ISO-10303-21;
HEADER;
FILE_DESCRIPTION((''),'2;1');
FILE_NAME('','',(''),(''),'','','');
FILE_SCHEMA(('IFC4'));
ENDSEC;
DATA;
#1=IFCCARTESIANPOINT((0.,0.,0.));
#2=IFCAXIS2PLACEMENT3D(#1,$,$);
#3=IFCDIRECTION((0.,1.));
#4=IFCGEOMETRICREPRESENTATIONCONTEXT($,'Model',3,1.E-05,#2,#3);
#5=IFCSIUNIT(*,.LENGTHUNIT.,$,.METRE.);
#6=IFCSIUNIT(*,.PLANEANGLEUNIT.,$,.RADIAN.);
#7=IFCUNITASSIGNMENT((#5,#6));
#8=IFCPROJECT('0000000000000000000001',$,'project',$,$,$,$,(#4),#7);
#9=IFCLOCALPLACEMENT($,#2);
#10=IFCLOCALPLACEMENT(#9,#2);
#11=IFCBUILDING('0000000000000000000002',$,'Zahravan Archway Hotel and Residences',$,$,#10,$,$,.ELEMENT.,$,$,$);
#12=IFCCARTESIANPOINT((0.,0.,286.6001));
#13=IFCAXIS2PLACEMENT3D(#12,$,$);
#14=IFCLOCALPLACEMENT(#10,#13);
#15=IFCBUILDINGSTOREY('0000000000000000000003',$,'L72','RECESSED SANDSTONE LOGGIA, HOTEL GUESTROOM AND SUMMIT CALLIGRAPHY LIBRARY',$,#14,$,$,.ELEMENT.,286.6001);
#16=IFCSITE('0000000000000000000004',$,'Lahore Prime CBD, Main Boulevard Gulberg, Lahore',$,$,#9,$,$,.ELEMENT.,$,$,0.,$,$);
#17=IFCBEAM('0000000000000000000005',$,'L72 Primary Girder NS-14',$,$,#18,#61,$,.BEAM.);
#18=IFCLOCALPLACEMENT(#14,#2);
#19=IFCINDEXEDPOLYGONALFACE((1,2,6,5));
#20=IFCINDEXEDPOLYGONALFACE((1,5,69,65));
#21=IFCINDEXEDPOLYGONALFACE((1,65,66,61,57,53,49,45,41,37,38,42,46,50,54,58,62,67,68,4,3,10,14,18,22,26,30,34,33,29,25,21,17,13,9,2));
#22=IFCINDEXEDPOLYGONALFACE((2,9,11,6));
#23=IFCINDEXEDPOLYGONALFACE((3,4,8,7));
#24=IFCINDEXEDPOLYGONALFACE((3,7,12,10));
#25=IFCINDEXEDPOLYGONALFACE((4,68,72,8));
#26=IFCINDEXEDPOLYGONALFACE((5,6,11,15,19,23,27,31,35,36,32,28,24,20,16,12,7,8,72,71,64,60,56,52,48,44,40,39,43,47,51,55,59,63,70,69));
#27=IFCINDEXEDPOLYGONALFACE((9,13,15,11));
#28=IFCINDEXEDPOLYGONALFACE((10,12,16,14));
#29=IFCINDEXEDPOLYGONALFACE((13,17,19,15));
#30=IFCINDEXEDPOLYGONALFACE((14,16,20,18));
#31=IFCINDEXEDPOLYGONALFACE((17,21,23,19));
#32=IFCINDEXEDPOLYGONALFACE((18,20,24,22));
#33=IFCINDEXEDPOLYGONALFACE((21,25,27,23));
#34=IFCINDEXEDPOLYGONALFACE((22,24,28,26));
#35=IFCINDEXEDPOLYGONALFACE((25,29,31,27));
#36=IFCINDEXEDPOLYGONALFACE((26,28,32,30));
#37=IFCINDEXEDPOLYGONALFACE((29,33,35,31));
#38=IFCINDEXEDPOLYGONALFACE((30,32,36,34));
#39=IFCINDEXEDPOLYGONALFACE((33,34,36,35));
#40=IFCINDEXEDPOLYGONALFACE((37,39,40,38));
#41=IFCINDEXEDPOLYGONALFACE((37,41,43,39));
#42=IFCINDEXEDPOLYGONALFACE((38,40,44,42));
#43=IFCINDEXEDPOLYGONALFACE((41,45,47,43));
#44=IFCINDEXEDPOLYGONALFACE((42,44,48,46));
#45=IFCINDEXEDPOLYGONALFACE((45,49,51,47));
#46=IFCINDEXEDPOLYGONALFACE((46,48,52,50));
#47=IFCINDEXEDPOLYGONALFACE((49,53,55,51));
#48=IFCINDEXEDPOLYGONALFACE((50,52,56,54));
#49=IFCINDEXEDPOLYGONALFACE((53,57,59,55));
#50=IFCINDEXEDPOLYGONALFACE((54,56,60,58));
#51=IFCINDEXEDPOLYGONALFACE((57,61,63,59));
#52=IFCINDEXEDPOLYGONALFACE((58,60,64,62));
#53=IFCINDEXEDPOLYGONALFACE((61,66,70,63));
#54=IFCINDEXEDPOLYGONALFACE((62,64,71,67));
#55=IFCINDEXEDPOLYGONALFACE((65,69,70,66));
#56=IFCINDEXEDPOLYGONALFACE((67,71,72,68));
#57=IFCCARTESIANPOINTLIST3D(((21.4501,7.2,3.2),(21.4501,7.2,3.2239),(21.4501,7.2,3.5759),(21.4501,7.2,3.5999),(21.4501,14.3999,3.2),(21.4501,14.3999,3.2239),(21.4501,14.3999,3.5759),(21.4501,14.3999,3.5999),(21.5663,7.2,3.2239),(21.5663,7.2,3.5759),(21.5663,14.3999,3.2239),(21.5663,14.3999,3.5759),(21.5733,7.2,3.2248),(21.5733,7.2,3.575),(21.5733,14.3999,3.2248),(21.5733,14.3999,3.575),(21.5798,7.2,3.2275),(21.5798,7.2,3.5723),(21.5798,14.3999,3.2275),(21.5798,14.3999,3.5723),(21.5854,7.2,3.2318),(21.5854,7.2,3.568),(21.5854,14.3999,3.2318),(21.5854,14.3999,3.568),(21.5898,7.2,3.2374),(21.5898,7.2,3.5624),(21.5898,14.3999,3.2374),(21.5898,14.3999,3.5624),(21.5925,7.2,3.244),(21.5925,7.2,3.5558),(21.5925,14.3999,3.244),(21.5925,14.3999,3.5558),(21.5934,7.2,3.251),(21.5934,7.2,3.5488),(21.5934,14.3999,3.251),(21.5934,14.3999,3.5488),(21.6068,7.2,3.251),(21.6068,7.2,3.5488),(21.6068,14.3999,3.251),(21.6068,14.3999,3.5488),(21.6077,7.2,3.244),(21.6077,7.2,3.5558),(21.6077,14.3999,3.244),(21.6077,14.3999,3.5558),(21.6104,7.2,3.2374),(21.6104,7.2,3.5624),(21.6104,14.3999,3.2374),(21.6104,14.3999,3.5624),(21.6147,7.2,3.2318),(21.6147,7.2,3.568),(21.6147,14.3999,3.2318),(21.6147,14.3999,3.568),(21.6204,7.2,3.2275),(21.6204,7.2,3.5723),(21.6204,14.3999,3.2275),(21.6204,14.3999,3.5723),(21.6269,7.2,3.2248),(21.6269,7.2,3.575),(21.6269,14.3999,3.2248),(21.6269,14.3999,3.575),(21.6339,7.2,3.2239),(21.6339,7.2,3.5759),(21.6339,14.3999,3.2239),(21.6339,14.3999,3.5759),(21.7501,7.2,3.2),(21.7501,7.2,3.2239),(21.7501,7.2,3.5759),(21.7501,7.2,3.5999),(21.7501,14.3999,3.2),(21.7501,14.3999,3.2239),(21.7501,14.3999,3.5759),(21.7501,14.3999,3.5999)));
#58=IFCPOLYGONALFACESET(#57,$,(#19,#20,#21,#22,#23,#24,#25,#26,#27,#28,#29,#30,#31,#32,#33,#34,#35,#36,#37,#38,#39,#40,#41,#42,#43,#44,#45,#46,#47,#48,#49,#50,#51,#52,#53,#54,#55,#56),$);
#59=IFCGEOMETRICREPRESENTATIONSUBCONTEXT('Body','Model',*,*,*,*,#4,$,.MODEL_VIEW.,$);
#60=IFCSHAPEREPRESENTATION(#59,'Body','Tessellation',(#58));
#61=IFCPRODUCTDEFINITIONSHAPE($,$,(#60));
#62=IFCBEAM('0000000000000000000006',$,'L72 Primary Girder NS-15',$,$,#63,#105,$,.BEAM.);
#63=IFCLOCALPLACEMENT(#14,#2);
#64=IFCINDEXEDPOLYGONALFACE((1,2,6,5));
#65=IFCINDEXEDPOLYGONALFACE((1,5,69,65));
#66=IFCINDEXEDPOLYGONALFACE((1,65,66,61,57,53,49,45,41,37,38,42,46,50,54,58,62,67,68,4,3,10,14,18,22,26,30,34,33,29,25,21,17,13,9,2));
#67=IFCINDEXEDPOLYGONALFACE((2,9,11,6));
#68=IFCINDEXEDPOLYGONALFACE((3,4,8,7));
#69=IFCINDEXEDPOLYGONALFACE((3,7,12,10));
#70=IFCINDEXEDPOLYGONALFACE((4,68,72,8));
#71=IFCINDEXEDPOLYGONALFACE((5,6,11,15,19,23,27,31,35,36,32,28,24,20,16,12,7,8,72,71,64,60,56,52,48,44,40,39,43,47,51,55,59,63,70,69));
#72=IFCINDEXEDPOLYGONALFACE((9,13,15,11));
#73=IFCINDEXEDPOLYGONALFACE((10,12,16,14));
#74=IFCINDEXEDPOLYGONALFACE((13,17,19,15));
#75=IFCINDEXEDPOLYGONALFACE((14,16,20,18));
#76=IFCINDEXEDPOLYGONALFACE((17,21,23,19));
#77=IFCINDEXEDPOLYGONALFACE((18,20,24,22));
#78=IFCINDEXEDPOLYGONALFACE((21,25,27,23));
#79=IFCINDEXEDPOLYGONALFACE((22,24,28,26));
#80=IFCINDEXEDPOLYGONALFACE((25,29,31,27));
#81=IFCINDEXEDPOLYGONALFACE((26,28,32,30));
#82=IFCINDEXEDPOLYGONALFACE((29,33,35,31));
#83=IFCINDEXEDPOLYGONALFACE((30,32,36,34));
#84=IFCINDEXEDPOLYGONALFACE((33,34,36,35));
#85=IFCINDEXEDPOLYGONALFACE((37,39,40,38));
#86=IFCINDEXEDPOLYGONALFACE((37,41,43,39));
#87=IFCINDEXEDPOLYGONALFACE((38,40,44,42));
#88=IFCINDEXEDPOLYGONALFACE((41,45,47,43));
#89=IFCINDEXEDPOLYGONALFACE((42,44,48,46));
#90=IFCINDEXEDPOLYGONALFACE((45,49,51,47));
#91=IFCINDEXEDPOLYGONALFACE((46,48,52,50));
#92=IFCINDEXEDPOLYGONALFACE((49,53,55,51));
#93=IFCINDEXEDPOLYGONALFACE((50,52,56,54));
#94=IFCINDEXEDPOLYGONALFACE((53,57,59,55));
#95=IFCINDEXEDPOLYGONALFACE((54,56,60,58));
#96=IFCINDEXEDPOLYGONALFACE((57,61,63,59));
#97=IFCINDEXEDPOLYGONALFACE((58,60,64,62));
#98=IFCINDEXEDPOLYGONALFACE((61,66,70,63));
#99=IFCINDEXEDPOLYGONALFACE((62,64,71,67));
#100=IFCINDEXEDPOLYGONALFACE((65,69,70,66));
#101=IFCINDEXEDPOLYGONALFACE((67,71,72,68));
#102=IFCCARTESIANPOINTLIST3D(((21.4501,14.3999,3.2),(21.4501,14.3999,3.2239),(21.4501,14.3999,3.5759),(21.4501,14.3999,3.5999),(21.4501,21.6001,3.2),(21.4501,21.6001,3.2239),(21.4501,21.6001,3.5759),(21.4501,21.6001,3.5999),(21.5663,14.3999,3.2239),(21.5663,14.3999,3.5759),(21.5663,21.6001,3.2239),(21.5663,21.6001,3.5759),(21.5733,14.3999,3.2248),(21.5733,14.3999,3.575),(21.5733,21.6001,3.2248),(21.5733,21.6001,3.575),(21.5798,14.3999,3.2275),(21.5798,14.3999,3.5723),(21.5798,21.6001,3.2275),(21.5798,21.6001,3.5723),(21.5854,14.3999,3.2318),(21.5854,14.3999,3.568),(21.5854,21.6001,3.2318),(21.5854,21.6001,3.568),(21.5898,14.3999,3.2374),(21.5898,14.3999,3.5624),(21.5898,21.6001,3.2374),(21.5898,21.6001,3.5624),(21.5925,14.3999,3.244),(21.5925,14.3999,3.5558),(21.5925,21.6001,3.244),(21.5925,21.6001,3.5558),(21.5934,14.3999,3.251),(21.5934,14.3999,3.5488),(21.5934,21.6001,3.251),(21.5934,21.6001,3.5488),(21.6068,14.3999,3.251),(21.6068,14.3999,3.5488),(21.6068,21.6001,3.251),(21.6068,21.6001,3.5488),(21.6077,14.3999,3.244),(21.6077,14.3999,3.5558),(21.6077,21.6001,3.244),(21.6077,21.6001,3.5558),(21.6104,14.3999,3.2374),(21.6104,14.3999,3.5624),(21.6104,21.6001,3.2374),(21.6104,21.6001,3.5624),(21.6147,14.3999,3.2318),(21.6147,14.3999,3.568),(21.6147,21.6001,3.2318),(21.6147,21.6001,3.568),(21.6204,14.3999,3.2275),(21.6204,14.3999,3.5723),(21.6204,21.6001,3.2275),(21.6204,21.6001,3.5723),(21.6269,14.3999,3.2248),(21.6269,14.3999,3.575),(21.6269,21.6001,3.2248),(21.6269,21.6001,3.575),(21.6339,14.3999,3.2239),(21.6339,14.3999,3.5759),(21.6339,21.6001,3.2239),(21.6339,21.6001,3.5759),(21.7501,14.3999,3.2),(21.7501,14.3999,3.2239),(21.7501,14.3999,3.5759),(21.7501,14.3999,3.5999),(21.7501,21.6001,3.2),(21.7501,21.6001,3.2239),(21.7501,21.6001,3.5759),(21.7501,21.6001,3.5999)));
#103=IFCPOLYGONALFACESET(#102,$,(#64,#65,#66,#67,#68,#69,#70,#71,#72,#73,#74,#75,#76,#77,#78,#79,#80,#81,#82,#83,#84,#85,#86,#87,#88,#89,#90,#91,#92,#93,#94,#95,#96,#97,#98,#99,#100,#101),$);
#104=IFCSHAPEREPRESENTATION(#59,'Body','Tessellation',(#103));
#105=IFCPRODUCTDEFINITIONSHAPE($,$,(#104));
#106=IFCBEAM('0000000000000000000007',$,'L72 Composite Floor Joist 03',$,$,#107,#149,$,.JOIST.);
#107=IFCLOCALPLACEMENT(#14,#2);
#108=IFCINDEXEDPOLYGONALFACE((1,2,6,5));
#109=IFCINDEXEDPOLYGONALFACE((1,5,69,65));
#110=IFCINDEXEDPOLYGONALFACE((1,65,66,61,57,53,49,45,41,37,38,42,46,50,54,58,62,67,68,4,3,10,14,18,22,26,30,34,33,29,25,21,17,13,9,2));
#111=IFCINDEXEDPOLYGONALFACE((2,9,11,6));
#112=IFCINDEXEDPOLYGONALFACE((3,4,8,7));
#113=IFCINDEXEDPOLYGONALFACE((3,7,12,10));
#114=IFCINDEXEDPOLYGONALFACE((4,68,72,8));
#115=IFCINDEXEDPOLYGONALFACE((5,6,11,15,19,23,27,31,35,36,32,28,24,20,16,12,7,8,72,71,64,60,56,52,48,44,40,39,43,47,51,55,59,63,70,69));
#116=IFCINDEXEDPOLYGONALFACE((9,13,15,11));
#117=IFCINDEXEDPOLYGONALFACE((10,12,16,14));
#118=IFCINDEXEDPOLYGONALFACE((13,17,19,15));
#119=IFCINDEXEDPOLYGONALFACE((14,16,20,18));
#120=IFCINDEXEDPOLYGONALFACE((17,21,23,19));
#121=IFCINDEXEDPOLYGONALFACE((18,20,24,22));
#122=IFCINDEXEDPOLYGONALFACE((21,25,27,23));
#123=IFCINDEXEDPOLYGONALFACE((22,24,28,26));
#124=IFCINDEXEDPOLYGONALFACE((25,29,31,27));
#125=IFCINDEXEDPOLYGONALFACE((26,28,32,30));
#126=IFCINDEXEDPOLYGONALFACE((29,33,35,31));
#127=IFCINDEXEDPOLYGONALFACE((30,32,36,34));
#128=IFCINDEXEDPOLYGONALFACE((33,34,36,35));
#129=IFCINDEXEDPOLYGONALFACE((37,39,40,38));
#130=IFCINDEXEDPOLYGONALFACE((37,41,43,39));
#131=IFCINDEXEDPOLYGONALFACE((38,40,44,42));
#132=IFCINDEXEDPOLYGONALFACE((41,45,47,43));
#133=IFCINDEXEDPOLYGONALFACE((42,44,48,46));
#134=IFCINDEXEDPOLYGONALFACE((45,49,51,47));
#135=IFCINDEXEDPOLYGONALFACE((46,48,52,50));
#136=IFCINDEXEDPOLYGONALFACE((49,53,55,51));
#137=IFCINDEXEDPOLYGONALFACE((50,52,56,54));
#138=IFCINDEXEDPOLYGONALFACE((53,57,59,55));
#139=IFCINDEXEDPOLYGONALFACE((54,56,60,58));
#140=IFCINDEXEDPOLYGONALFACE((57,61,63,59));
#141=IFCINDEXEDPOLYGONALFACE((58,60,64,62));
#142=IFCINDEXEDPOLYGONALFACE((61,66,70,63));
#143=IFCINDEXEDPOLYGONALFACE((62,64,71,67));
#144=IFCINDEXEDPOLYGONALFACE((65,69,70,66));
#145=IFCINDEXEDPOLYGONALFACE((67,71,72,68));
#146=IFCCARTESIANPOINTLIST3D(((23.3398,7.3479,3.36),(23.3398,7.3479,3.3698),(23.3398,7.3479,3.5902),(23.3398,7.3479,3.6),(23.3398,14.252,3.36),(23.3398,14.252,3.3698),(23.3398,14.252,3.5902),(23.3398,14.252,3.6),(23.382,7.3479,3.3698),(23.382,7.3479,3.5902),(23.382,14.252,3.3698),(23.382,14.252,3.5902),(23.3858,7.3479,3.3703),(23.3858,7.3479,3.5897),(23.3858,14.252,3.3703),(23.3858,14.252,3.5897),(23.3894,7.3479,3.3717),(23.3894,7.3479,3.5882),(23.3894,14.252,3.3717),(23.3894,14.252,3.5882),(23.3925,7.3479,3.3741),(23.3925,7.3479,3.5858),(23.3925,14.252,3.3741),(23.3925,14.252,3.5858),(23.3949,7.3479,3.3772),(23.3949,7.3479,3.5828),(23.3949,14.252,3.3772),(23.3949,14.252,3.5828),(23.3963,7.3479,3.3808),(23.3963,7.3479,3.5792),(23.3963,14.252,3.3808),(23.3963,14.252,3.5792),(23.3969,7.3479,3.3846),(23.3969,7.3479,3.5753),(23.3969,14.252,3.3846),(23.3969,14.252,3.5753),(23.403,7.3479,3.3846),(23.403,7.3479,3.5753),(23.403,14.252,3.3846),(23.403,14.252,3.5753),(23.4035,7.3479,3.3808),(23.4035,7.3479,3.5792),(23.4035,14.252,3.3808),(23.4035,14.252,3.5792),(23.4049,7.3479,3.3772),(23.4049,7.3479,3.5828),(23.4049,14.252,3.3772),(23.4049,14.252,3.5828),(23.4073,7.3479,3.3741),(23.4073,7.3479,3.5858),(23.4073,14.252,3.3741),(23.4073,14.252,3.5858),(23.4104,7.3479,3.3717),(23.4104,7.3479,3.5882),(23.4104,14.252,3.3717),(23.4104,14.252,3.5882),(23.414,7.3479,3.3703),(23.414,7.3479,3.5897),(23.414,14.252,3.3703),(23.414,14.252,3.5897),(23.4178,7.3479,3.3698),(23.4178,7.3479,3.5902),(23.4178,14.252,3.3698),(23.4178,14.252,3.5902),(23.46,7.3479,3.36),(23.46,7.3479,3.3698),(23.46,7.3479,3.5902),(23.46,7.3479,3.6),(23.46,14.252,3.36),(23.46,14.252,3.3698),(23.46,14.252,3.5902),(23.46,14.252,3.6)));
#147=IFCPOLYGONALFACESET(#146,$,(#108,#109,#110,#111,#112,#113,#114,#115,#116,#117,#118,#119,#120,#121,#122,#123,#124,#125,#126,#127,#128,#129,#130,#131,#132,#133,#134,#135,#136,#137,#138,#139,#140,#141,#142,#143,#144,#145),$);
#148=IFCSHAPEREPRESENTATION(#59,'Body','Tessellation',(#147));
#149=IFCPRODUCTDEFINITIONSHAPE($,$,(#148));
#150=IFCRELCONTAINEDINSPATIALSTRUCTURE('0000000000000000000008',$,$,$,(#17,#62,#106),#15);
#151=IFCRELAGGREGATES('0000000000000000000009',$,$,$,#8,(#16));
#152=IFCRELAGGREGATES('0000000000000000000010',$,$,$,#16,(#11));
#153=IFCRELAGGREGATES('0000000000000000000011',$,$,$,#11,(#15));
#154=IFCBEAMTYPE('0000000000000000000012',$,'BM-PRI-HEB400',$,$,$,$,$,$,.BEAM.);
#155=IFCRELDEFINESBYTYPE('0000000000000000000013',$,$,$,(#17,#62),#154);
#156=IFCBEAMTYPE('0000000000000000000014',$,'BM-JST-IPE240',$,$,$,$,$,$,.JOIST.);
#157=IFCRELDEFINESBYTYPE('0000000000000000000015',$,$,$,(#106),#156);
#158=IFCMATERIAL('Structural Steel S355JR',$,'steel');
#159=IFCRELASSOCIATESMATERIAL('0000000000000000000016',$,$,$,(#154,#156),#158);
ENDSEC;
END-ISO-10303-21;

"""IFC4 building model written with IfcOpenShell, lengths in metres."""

from ifc_helpers import new_model, si_unit, direction, frame, origin, origin_2d, place, context, subcontext, project, spatial, i_section, extrude, source, transform, mapped, material, material_profile, profile_set, type_object, type_shapes, element, save


model = new_model("IFC4")

# Units and contexts
model_context = context("Model", 3, precision=1e-05, world=origin(), true_north=direction((0.0, 1.0)))
body_context = subcontext(model_context, "Body", "Model", "MODEL_VIEW")
ifc_project = project(units=[si_unit("LENGTHUNIT", "METRE"), si_unit("PLANEANGLEUNIT", "RADIAN")], contexts=[model_context])

# Site, building, storey
site_placement = place(None, origin())
site = spatial("IfcSite", under=ifc_project, at=site_placement, Name="Lahore Prime CBD, Main Boulevard Gulberg, Lahore", CompositionType="ELEMENT", RefElevation=0.0)
building_placement = place(site_placement, origin())
building = spatial("IfcBuilding", under=site, at=building_placement, Name="Zahravan Archway Hotel and Residences", CompositionType="ELEMENT")
storey_placement = place(building_placement, frame((0.0, 0.0, 286.6001)))
storey = spatial("IfcBuildingStorey", under=building, at=storey_placement, Name="L72", Description="RECESSED SANDSTONE LOGGIA, HOTEL GUESTROOM AND SUMMIT CALLIGRAPHY LIBRARY", CompositionType="ELEMENT", Elevation=286.6001)

# Beams
ifc_material_1 = material(Name="Structural Steel S355JR", Category="steel")
ifc_material_profile_1 = material_profile(ifc_material_1, i_section(OverallWidth=0.3, OverallDepth=0.3999, WebThickness=0.0134, FlangeThickness=0.0239, FilletRadius=0.0271, at=origin_2d()), Name="HEB 400", Category="steel")
ifc_profile_set_1 = profile_set([ifc_material_profile_1], Name="Structural Steel S355JR")
beam_type_1 = type_object("IfcBeamType", Name="BM-PRI-HEB400", PredefinedType="BEAM", material=ifc_profile_set_1)
shared_shape_1 = source(origin(), body_context, "Body", "SweptSolid", [
    extrude(i_section(OverallWidth=0.3, OverallDepth=0.3999, WebThickness=0.0134, FlangeThickness=0.0239, FilletRadius=0.0271, at=origin_2d()), origin(), (0.0, 0.0, 1.0), 7.2),
])
type_shapes(beam_type_1, [shared_shape_1])
for number, where, z_axis, x_axis, name in (
    (1, (21.6001, 7.2, 3.3999), (0.0, 1.0, 0.0), (-1.0, 0.0, 0.0), "L72 Primary Girder NS-14"),
):
    element("IfcBeam", number, at=place(storey_placement, frame(where, z_axis=z_axis, x_axis=x_axis)), inside=storey, type_object=beam_type_1, Name=name, PredefinedType="BEAM", context=body_context, shape_type="MappedRepresentation", body=[
        mapped(shared_shape_1, transform((0.0, 0.0, 0.0), scale=1.0)),
    ])
shared_shape_2 = source(origin(), body_context, "Body", "SweptSolid", [
    extrude(i_section(OverallWidth=0.3, OverallDepth=0.3999, WebThickness=0.0134, FlangeThickness=0.0239, FilletRadius=0.0271, at=origin_2d()), origin(), (0.0, 0.0, 1.0), 7.2002),
])
beam_1_placement = place(storey_placement, frame((21.6001, 14.3999, 3.3999), z_axis=(0.0, 1.0, 0.0), x_axis=(-1.0, 0.0, 0.0)))
element("IfcBeam", 2, at=beam_1_placement, inside=storey, type_object=beam_type_1, Name="L72 Primary Girder NS-15", PredefinedType="BEAM", context=body_context, shape_type="MappedRepresentation", body=[
    mapped(shared_shape_2, transform((0.0, 0.0, 0.0), scale=1.0)),
])
ifc_material_profile_2 = material_profile(ifc_material_1, i_section(OverallWidth=0.1201, OverallDepth=0.24, WebThickness=0.0061, FlangeThickness=0.0098, FilletRadius=0.0149, at=origin_2d()), Name="IPE 240", Category="steel")
ifc_profile_set_2 = profile_set([ifc_material_profile_2], Name="Structural Steel S355JR")
beam_type_2 = type_object("IfcBeamType", Name="BM-JST-IPE240", PredefinedType="JOIST", material=ifc_profile_set_2)
shared_shape_3 = source(origin(), body_context, "Body", "SweptSolid", [
    extrude(i_section(OverallWidth=0.1201, OverallDepth=0.24, WebThickness=0.0061, FlangeThickness=0.0098, FilletRadius=0.0149, at=origin_2d()), origin(), (0.0, 0.0, 1.0), 6.9041),
])
type_shapes(beam_type_2, [shared_shape_3])
beam_2_placement = place(storey_placement, frame((23.3999, 7.3479, 3.48), z_axis=(0.0, 1.0, 0.0), x_axis=(-1.0, 0.0, 0.0)))
element("IfcBeam", 3, at=beam_2_placement, inside=storey, type_object=beam_type_2, Name="L72 Composite Floor Joist 03", PredefinedType="JOIST", context=body_context, shape_type="MappedRepresentation", body=[
    mapped(shared_shape_3, transform((0.0, 0.0, 0.0), scale=1.0)),
])

save(model, "model.ifc")
